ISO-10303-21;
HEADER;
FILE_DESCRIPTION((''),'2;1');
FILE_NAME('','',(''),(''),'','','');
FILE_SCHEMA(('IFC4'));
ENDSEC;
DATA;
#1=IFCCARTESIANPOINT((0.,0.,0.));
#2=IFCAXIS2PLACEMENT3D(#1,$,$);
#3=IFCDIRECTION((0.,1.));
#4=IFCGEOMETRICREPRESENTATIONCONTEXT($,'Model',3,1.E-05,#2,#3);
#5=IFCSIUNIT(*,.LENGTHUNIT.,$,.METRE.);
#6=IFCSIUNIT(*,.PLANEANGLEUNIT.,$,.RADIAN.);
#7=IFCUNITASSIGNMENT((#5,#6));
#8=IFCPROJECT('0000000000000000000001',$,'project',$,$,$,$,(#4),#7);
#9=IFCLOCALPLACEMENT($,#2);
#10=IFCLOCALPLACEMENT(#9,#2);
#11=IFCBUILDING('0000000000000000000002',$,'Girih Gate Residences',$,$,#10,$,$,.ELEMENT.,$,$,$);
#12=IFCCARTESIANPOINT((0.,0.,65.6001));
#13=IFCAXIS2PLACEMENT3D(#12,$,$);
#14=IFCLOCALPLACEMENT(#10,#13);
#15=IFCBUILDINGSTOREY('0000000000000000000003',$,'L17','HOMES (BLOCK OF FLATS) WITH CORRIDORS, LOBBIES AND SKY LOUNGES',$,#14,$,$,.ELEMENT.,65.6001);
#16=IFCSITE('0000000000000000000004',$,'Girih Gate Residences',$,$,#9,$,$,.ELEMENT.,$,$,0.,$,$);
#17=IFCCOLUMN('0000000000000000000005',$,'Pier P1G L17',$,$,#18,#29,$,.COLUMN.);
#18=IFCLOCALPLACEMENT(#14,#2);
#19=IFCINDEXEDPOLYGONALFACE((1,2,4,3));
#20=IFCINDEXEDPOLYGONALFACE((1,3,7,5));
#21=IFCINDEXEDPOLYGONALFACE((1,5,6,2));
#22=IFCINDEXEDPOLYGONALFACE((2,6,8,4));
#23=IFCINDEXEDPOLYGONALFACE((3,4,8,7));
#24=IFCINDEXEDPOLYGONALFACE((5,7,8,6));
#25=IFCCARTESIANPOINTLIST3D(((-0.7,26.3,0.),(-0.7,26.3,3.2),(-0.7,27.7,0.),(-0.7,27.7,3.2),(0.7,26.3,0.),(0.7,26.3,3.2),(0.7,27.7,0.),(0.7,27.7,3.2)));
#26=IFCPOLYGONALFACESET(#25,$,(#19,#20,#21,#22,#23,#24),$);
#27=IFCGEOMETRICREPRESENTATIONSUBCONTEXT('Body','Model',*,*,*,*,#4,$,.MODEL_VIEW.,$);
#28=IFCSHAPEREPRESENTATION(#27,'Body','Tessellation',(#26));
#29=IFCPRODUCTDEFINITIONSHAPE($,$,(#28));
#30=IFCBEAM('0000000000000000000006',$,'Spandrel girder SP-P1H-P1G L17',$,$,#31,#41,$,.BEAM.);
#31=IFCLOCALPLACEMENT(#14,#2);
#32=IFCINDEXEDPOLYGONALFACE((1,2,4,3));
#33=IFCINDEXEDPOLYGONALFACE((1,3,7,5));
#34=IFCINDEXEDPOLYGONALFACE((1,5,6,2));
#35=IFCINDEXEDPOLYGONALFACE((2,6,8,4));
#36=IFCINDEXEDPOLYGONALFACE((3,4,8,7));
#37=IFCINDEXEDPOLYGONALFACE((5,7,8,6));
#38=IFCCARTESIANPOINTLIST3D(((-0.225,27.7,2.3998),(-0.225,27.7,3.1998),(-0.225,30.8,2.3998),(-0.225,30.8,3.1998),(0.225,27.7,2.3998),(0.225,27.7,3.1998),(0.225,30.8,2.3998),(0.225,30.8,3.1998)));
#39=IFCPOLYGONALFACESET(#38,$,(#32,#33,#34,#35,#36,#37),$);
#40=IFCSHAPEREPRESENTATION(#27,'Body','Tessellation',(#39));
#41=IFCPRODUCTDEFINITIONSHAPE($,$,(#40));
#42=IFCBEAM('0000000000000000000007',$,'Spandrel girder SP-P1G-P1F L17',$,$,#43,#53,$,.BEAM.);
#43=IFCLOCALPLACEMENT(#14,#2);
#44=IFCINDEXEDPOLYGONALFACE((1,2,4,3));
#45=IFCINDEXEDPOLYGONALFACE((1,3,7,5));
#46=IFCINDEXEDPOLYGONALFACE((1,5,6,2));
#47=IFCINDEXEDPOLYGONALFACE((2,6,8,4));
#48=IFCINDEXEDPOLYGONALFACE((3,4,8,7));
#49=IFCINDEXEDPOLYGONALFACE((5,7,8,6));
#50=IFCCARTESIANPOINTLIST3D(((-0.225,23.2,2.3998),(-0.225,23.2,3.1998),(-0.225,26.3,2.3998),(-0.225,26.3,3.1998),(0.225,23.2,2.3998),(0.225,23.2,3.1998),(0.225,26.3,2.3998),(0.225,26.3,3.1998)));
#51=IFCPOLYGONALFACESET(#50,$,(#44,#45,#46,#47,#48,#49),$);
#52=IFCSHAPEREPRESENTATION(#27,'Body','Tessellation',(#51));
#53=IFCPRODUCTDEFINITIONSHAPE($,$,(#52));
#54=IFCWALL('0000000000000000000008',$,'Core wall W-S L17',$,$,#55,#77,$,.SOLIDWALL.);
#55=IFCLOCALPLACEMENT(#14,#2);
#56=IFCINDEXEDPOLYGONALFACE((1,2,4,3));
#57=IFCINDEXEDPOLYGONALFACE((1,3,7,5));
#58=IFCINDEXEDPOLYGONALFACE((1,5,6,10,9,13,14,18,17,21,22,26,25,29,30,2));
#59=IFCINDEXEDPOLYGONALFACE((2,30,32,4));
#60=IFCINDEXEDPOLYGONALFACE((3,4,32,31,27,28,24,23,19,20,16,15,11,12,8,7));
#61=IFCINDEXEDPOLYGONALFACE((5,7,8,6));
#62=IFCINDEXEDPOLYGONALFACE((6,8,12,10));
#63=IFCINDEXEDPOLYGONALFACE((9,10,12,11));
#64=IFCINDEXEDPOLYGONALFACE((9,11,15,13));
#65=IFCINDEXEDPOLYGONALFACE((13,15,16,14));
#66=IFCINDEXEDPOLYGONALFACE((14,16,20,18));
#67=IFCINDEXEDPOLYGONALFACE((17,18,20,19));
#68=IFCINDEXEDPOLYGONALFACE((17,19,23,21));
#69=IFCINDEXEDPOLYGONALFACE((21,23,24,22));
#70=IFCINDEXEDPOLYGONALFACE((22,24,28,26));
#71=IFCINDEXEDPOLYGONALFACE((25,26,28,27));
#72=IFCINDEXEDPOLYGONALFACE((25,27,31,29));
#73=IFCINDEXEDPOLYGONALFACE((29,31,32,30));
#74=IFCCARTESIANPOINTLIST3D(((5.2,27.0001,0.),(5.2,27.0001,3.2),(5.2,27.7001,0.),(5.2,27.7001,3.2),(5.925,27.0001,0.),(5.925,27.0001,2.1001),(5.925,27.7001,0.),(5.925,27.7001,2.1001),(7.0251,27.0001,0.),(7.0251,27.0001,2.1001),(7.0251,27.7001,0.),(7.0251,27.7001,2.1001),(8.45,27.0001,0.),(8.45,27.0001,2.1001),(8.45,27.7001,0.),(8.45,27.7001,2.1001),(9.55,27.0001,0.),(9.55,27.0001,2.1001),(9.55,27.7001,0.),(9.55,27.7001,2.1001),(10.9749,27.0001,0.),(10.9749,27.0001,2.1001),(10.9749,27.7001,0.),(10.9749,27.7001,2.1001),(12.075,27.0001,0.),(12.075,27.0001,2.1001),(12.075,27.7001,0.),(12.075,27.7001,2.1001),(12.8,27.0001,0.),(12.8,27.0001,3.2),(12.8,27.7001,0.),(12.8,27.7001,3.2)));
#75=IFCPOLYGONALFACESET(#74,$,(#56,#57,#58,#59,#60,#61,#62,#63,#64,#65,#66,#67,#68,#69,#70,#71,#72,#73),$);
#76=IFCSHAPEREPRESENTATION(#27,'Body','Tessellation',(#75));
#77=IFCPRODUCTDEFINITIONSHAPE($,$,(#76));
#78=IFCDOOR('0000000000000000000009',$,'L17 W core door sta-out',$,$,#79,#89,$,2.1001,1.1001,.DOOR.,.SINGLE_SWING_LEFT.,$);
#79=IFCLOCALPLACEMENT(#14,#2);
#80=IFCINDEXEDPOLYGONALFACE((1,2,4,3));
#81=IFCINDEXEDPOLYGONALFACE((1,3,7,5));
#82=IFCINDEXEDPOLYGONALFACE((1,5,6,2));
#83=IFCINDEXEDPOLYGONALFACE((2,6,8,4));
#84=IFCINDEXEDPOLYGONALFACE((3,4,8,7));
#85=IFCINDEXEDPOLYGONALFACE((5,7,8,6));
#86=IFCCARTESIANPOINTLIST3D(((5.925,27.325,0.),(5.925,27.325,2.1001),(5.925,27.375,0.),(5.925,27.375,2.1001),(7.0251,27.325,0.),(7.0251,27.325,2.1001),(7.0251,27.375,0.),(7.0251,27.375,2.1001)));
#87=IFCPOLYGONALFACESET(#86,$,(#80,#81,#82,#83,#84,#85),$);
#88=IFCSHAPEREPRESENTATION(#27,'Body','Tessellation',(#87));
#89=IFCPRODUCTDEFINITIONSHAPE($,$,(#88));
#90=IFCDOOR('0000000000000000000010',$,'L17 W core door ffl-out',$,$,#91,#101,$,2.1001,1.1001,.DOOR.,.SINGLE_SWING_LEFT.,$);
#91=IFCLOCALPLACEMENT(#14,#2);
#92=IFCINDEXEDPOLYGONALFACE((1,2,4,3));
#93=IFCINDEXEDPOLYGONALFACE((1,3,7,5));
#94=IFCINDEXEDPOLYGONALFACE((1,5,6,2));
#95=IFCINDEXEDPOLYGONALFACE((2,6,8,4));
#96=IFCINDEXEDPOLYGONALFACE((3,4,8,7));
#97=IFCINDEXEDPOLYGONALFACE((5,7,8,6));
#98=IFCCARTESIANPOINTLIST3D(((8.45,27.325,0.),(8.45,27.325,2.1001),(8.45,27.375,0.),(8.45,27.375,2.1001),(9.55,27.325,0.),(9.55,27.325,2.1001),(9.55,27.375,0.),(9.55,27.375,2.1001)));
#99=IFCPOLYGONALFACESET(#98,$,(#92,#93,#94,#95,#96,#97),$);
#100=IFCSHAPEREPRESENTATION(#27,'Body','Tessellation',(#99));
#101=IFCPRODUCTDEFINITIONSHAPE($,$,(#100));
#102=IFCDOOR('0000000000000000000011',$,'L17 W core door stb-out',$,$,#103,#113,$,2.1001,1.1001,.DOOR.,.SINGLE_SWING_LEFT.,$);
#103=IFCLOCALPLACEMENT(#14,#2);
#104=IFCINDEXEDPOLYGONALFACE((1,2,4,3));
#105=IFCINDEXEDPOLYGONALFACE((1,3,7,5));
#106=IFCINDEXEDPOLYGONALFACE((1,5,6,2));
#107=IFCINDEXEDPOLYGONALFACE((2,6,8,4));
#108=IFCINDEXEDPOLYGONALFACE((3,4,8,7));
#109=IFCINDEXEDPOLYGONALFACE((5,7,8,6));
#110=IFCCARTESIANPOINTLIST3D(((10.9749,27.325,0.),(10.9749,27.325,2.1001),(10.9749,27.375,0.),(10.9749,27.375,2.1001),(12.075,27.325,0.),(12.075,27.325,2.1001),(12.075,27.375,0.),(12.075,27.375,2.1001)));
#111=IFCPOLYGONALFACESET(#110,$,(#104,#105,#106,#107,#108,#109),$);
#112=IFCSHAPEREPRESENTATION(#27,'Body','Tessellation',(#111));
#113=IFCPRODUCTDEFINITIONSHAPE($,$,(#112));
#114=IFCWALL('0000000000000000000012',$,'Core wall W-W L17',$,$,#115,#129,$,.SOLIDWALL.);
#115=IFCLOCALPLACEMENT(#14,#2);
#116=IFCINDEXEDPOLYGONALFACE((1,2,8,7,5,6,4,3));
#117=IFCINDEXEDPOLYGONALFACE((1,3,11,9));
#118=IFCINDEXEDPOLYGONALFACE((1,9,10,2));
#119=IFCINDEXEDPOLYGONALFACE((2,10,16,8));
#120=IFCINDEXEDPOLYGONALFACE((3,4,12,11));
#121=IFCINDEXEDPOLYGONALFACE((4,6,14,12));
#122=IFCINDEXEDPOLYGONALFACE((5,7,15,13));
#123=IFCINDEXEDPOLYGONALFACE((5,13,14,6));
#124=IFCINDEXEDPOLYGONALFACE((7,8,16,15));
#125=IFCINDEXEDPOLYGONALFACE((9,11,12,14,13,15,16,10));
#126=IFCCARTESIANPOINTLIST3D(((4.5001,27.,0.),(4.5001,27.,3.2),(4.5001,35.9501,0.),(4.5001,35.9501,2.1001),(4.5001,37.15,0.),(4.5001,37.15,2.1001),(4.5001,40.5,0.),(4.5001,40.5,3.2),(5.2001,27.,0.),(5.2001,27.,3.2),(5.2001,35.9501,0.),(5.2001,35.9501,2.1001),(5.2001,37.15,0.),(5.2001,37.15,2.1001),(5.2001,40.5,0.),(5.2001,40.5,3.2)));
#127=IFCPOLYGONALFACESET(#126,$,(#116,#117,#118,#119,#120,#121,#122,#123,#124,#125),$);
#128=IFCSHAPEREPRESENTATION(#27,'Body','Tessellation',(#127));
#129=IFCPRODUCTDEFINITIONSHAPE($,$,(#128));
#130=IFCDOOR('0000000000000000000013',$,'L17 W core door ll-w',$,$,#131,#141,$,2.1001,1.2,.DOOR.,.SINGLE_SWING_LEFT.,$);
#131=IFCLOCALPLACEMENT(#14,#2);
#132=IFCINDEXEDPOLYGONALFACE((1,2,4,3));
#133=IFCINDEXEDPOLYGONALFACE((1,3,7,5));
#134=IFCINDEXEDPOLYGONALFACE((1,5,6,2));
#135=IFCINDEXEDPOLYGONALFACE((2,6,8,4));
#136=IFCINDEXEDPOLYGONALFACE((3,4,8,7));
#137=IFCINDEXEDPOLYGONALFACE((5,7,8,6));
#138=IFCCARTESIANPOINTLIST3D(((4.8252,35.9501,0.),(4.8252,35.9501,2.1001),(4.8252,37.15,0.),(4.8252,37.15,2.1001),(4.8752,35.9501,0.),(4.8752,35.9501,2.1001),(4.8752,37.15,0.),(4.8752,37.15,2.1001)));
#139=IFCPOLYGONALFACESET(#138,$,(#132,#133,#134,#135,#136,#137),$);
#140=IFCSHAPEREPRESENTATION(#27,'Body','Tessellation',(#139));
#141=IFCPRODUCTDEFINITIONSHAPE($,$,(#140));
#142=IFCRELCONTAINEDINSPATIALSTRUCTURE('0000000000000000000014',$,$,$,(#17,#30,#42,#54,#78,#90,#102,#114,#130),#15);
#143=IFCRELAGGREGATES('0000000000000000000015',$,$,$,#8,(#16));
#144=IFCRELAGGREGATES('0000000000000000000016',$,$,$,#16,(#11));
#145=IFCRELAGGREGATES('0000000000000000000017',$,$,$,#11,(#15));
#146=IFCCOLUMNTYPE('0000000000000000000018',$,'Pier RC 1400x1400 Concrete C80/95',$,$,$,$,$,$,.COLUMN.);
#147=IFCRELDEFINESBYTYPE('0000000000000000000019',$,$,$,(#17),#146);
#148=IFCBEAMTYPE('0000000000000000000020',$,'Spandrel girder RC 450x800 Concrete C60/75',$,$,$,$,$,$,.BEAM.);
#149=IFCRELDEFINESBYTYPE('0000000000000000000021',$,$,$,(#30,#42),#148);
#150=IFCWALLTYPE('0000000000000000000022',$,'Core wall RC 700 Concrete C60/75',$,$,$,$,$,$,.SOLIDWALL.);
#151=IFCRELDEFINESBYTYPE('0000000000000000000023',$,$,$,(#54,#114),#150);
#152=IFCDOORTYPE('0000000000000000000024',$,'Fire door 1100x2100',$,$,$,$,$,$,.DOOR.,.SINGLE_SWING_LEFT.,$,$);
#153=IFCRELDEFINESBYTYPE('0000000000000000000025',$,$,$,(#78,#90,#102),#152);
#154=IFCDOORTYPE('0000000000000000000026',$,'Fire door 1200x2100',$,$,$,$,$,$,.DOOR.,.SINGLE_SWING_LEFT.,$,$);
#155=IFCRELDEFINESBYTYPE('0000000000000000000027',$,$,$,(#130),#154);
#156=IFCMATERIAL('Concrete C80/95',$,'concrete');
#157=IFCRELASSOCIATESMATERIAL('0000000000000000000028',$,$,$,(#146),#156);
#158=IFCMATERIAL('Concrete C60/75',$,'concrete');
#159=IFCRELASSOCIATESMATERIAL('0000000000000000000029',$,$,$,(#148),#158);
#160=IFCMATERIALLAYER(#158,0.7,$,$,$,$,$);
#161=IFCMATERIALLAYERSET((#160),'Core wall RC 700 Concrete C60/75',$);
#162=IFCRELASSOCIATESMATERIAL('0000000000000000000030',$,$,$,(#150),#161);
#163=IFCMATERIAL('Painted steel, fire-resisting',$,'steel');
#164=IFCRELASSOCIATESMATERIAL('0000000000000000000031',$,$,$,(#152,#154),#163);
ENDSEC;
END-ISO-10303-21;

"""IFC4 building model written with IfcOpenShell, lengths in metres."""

from ifc_helpers import new_model, si_unit, direction, frame, frame_2d, origin, origin_2d, place, context, subcontext, project, spatial, rectangle, extrude, material, layer, layer_set, material_profile, profile_set, type_object, element, fill, save


model = new_model("IFC4")

# Units and contexts
model_context = context("Model", 3, precision=1e-05, world=origin(), true_north=direction((0.0, 1.0)))
body_context = subcontext(model_context, "Body", "Model", "MODEL_VIEW")
ifc_project = project(units=[si_unit("LENGTHUNIT", "METRE"), si_unit("PLANEANGLEUNIT", "RADIAN")], contexts=[model_context])

# Site, building, storey
site_placement = place(None, origin())
site = spatial("IfcSite", under=ifc_project, at=site_placement, Name="Girih Gate Residences", CompositionType="ELEMENT", RefElevation=0.0)
building_placement = place(site_placement, origin())
building = spatial("IfcBuilding", under=site, at=building_placement, Name="Girih Gate Residences", CompositionType="ELEMENT")
storey_placement = place(building_placement, frame((0.0, 0.0, 65.6001)))
storey = spatial("IfcBuildingStorey", under=building, at=storey_placement, Name="L17", Description="HOMES (BLOCK OF FLATS) WITH CORRIDORS, LOBBIES AND SKY LOUNGES", CompositionType="ELEMENT", Elevation=65.6001)

# Column
ifc_material_1 = material(Name="Concrete C80/95", Category="concrete")
ifc_material_profile_1 = material_profile(ifc_material_1, rectangle(XDim=1.3999, YDim=1.3999, at=origin_2d()))
ifc_profile_set_1 = profile_set([ifc_material_profile_1], Name="Concrete C80/95")
column_type = type_object("IfcColumnType", Name="Pier RC 1400x1400 Concrete C80/95", PredefinedType="COLUMN", material=ifc_profile_set_1)
column_placement = place(storey_placement, frame((0.0, 27.0, 0.0), z_axis=(0.0, 0.0, 1.0), x_axis=(1.0, 0.0, 0.0)))
element("IfcColumn", 1, at=column_placement, inside=storey, type_object=column_type, Name="Pier P1G L17", PredefinedType="COLUMN", context=body_context, shape_type="SweptSolid", body=[
    extrude(rectangle(XDim=1.3999, YDim=1.3999, at=origin_2d()), origin(), (0.0, 0.0, 1.0), 3.2),
])

# Beams
ifc_material_2 = material(Name="Concrete C60/75", Category="concrete")
ifc_material_profile_2 = material_profile(ifc_material_2, rectangle(XDim=0.45, YDim=0.8, at=origin_2d()))
ifc_profile_set_2 = profile_set([ifc_material_profile_2], Name="Concrete C60/75")
beam_type = type_object("IfcBeamType", Name="Spandrel girder RC 450x800 Concrete C60/75", PredefinedType="BEAM", material=ifc_profile_set_2)
for number, where, z_axis, x_axis, name in (
    (2, (0.0, 30.8, 2.7998), (0.0, -1.0, 0.0), (1.0, 0.0, 0.0), "Spandrel girder SP-P1H-P1G L17"),
    (3, (0.0, 26.3, 2.7998), (0.0, -1.0, 0.0), (1.0, 0.0, 0.0), "Spandrel girder SP-P1G-P1F L17"),
):
    element("IfcBeam", number, at=place(storey_placement, frame(where, z_axis=z_axis, x_axis=x_axis)), inside=storey, type_object=beam_type, Name=name, PredefinedType="BEAM", context=body_context, shape_type="SweptSolid", body=[
        extrude(rectangle(XDim=0.45, YDim=0.8, at=origin_2d()), origin(), (0.0, 0.0, 1.0), 3.1001),
    ])

# Wall, openings, doors
ifc_layer_1 = layer(ifc_material_2, 0.7)
ifc_layer_set_1 = layer_set([ifc_layer_1], Name="Core wall RC 700 Concrete C60/75")
wall_type_1 = type_object("IfcWallType", Name="Core wall RC 700 Concrete C60/75", PredefinedType="SOLIDWALL", material=ifc_layer_set_1)
wall_1_placement = place(storey_placement, frame((5.2, 27.3501, 0.0), z_axis=(0.0, 0.0, 1.0), x_axis=(1.0, 0.0, 0.0)))
wall_1 = element("IfcWall", 4, at=wall_1_placement, inside=storey, type_object=wall_type_1, Name="Core wall W-S L17", PredefinedType="SOLIDWALL", context=body_context, shape_type="SweptSolid", body=[
    extrude(rectangle(XDim=7.6001, YDim=0.7, at=frame_2d((3.8, 0.0))), origin(), (0.0, 0.0, 1.0), 3.2),
])
opening_1_placement = place(wall_1_placement, frame((0.7251, 0.0, 0.0)))
opening_1 = element("IfcOpeningElement", 5, at=opening_1_placement, cuts=wall_1, PredefinedType="OPENING", context=body_context, shape_type="SweptSolid", body=[
    extrude(rectangle(XDim=1.1001, YDim=2.1001, at=frame_2d((0.55, 1.05))), frame((0.0, 0.3599, 0.0), z_axis=(0.0, -1.0, 0.0), x_axis=(1.0, 0.0, 0.0)), (0.0, 0.0, 1.0), 0.72),
])
opening_2_placement = place(wall_1_placement, frame((3.25, 0.0, 0.0)))
opening_2 = element("IfcOpeningElement", 6, at=opening_2_placement, cuts=wall_1, PredefinedType="OPENING", context=body_context, shape_type="SweptSolid", body=[
    extrude(rectangle(XDim=1.1001, YDim=2.1001, at=frame_2d((0.55, 1.05))), frame((0.0, 0.3599, 0.0), z_axis=(0.0, -1.0, 0.0), x_axis=(1.0, 0.0, 0.0)), (0.0, 0.0, 1.0), 0.72),
])
opening_3_placement = place(wall_1_placement, frame((5.7749, 0.0, 0.0)))
opening_3 = element("IfcOpeningElement", 7, at=opening_3_placement, cuts=wall_1, PredefinedType="OPENING", context=body_context, shape_type="SweptSolid", body=[
    extrude(rectangle(XDim=1.1001, YDim=2.1001, at=frame_2d((0.55, 1.05))), frame((0.0, 0.3599, 0.0), z_axis=(0.0, -1.0, 0.0), x_axis=(1.0, 0.0, 0.0)), (0.0, 0.0, 1.0), 0.72),
])
ifc_material_3 = material(Name="Painted steel, fire-resisting", Category="steel")
door_type_1 = type_object("IfcDoorType", Name="Fire door 1100x2100", OperationType="SINGLE_SWING_LEFT", PredefinedType="DOOR", material=ifc_material_3)
door_1_placement = place(opening_1_placement, origin())
door_1 = element("IfcDoor", 8, at=door_1_placement, inside=storey, type_object=door_type_1, Name="L17 W core door sta-out", OperationType="SINGLE_SWING_LEFT", OverallHeight=2.1001, OverallWidth=1.1001, PredefinedType="DOOR", context=body_context, shape_type="SweptSolid", body=[
    extrude(rectangle(XDim=1.1001, YDim=2.1001, at=frame_2d((0.55, 1.05))), frame((0.0, 0.0249, 0.0), z_axis=(0.0, -1.0, 0.0), x_axis=(1.0, 0.0, 0.0)), (0.0, 0.0, 1.0), 0.05),
])
fill(opening_1, door_1)
door_2_placement = place(opening_2_placement, origin())
door_2 = element("IfcDoor", 9, at=door_2_placement, inside=storey, type_object=door_type_1, Name="L17 W core door ffl-out", OperationType="SINGLE_SWING_LEFT", OverallHeight=2.1001, OverallWidth=1.1001, PredefinedType="DOOR", context=body_context, shape_type="SweptSolid", body=[
    extrude(rectangle(XDim=1.1001, YDim=2.1001, at=frame_2d((0.55, 1.05))), frame((0.0, 0.0249, 0.0), z_axis=(0.0, -1.0, 0.0), x_axis=(1.0, 0.0, 0.0)), (0.0, 0.0, 1.0), 0.05),
])
fill(opening_2, door_2)
door_3_placement = place(opening_3_placement, origin())
door_3 = element("IfcDoor", 10, at=door_3_placement, inside=storey, type_object=door_type_1, Name="L17 W core door stb-out", OperationType="SINGLE_SWING_LEFT", OverallHeight=2.1001, OverallWidth=1.1001, PredefinedType="DOOR", context=body_context, shape_type="SweptSolid", body=[
    extrude(rectangle(XDim=1.1001, YDim=2.1001, at=frame_2d((0.55, 1.05))), frame((0.0, 0.0249, 0.0), z_axis=(0.0, -1.0, 0.0), x_axis=(1.0, 0.0, 0.0)), (0.0, 0.0, 1.0), 0.05),
])
fill(opening_3, door_3)

# Wall, opening, door
wall_2_placement = place(storey_placement, frame((4.8501, 27.0, 0.0), z_axis=(0.0, 0.0, 1.0), x_axis=(0.0, 1.0, 0.0)))
wall_2 = element("IfcWall", 11, at=wall_2_placement, inside=storey, type_object=wall_type_1, Name="Core wall W-W L17", PredefinedType="SOLIDWALL", context=body_context, shape_type="SweptSolid", body=[
    extrude(rectangle(XDim=13.5, YDim=0.7, at=frame_2d((6.75, 0.0))), origin(), (0.0, 0.0, 1.0), 3.2),
])
opening_4_placement = place(wall_2_placement, frame((8.95, 0.0, 0.0)))
opening_4 = element("IfcOpeningElement", 12, at=opening_4_placement, cuts=wall_2, PredefinedType="OPENING", context=body_context, shape_type="SweptSolid", body=[
    extrude(rectangle(XDim=1.2, YDim=2.1001, at=frame_2d((0.6001, 1.05))), frame((0.0, 0.3599, 0.0), z_axis=(0.0, -1.0, 0.0), x_axis=(1.0, 0.0, 0.0)), (0.0, 0.0, 1.0), 0.72),
])
door_type_2 = type_object("IfcDoorType", Name="Fire door 1200x2100", OperationType="SINGLE_SWING_LEFT", PredefinedType="DOOR", material=ifc_material_3)
door_4_placement = place(opening_4_placement, origin())
door_4 = element("IfcDoor", 13, at=door_4_placement, inside=storey, type_object=door_type_2, Name="L17 W core door ll-w", OperationType="SINGLE_SWING_LEFT", OverallHeight=2.1001, OverallWidth=1.2, PredefinedType="DOOR", context=body_context, shape_type="SweptSolid", body=[
    extrude(rectangle(XDim=1.2, YDim=2.1001, at=frame_2d((0.6001, 1.05))), frame((0.0, 0.0249, 0.0), z_axis=(0.0, -1.0, 0.0), x_axis=(1.0, 0.0, 0.0)), (0.0, 0.0, 1.0), 0.05),
])
fill(opening_4, door_4)

save(model, "model.ifc")
